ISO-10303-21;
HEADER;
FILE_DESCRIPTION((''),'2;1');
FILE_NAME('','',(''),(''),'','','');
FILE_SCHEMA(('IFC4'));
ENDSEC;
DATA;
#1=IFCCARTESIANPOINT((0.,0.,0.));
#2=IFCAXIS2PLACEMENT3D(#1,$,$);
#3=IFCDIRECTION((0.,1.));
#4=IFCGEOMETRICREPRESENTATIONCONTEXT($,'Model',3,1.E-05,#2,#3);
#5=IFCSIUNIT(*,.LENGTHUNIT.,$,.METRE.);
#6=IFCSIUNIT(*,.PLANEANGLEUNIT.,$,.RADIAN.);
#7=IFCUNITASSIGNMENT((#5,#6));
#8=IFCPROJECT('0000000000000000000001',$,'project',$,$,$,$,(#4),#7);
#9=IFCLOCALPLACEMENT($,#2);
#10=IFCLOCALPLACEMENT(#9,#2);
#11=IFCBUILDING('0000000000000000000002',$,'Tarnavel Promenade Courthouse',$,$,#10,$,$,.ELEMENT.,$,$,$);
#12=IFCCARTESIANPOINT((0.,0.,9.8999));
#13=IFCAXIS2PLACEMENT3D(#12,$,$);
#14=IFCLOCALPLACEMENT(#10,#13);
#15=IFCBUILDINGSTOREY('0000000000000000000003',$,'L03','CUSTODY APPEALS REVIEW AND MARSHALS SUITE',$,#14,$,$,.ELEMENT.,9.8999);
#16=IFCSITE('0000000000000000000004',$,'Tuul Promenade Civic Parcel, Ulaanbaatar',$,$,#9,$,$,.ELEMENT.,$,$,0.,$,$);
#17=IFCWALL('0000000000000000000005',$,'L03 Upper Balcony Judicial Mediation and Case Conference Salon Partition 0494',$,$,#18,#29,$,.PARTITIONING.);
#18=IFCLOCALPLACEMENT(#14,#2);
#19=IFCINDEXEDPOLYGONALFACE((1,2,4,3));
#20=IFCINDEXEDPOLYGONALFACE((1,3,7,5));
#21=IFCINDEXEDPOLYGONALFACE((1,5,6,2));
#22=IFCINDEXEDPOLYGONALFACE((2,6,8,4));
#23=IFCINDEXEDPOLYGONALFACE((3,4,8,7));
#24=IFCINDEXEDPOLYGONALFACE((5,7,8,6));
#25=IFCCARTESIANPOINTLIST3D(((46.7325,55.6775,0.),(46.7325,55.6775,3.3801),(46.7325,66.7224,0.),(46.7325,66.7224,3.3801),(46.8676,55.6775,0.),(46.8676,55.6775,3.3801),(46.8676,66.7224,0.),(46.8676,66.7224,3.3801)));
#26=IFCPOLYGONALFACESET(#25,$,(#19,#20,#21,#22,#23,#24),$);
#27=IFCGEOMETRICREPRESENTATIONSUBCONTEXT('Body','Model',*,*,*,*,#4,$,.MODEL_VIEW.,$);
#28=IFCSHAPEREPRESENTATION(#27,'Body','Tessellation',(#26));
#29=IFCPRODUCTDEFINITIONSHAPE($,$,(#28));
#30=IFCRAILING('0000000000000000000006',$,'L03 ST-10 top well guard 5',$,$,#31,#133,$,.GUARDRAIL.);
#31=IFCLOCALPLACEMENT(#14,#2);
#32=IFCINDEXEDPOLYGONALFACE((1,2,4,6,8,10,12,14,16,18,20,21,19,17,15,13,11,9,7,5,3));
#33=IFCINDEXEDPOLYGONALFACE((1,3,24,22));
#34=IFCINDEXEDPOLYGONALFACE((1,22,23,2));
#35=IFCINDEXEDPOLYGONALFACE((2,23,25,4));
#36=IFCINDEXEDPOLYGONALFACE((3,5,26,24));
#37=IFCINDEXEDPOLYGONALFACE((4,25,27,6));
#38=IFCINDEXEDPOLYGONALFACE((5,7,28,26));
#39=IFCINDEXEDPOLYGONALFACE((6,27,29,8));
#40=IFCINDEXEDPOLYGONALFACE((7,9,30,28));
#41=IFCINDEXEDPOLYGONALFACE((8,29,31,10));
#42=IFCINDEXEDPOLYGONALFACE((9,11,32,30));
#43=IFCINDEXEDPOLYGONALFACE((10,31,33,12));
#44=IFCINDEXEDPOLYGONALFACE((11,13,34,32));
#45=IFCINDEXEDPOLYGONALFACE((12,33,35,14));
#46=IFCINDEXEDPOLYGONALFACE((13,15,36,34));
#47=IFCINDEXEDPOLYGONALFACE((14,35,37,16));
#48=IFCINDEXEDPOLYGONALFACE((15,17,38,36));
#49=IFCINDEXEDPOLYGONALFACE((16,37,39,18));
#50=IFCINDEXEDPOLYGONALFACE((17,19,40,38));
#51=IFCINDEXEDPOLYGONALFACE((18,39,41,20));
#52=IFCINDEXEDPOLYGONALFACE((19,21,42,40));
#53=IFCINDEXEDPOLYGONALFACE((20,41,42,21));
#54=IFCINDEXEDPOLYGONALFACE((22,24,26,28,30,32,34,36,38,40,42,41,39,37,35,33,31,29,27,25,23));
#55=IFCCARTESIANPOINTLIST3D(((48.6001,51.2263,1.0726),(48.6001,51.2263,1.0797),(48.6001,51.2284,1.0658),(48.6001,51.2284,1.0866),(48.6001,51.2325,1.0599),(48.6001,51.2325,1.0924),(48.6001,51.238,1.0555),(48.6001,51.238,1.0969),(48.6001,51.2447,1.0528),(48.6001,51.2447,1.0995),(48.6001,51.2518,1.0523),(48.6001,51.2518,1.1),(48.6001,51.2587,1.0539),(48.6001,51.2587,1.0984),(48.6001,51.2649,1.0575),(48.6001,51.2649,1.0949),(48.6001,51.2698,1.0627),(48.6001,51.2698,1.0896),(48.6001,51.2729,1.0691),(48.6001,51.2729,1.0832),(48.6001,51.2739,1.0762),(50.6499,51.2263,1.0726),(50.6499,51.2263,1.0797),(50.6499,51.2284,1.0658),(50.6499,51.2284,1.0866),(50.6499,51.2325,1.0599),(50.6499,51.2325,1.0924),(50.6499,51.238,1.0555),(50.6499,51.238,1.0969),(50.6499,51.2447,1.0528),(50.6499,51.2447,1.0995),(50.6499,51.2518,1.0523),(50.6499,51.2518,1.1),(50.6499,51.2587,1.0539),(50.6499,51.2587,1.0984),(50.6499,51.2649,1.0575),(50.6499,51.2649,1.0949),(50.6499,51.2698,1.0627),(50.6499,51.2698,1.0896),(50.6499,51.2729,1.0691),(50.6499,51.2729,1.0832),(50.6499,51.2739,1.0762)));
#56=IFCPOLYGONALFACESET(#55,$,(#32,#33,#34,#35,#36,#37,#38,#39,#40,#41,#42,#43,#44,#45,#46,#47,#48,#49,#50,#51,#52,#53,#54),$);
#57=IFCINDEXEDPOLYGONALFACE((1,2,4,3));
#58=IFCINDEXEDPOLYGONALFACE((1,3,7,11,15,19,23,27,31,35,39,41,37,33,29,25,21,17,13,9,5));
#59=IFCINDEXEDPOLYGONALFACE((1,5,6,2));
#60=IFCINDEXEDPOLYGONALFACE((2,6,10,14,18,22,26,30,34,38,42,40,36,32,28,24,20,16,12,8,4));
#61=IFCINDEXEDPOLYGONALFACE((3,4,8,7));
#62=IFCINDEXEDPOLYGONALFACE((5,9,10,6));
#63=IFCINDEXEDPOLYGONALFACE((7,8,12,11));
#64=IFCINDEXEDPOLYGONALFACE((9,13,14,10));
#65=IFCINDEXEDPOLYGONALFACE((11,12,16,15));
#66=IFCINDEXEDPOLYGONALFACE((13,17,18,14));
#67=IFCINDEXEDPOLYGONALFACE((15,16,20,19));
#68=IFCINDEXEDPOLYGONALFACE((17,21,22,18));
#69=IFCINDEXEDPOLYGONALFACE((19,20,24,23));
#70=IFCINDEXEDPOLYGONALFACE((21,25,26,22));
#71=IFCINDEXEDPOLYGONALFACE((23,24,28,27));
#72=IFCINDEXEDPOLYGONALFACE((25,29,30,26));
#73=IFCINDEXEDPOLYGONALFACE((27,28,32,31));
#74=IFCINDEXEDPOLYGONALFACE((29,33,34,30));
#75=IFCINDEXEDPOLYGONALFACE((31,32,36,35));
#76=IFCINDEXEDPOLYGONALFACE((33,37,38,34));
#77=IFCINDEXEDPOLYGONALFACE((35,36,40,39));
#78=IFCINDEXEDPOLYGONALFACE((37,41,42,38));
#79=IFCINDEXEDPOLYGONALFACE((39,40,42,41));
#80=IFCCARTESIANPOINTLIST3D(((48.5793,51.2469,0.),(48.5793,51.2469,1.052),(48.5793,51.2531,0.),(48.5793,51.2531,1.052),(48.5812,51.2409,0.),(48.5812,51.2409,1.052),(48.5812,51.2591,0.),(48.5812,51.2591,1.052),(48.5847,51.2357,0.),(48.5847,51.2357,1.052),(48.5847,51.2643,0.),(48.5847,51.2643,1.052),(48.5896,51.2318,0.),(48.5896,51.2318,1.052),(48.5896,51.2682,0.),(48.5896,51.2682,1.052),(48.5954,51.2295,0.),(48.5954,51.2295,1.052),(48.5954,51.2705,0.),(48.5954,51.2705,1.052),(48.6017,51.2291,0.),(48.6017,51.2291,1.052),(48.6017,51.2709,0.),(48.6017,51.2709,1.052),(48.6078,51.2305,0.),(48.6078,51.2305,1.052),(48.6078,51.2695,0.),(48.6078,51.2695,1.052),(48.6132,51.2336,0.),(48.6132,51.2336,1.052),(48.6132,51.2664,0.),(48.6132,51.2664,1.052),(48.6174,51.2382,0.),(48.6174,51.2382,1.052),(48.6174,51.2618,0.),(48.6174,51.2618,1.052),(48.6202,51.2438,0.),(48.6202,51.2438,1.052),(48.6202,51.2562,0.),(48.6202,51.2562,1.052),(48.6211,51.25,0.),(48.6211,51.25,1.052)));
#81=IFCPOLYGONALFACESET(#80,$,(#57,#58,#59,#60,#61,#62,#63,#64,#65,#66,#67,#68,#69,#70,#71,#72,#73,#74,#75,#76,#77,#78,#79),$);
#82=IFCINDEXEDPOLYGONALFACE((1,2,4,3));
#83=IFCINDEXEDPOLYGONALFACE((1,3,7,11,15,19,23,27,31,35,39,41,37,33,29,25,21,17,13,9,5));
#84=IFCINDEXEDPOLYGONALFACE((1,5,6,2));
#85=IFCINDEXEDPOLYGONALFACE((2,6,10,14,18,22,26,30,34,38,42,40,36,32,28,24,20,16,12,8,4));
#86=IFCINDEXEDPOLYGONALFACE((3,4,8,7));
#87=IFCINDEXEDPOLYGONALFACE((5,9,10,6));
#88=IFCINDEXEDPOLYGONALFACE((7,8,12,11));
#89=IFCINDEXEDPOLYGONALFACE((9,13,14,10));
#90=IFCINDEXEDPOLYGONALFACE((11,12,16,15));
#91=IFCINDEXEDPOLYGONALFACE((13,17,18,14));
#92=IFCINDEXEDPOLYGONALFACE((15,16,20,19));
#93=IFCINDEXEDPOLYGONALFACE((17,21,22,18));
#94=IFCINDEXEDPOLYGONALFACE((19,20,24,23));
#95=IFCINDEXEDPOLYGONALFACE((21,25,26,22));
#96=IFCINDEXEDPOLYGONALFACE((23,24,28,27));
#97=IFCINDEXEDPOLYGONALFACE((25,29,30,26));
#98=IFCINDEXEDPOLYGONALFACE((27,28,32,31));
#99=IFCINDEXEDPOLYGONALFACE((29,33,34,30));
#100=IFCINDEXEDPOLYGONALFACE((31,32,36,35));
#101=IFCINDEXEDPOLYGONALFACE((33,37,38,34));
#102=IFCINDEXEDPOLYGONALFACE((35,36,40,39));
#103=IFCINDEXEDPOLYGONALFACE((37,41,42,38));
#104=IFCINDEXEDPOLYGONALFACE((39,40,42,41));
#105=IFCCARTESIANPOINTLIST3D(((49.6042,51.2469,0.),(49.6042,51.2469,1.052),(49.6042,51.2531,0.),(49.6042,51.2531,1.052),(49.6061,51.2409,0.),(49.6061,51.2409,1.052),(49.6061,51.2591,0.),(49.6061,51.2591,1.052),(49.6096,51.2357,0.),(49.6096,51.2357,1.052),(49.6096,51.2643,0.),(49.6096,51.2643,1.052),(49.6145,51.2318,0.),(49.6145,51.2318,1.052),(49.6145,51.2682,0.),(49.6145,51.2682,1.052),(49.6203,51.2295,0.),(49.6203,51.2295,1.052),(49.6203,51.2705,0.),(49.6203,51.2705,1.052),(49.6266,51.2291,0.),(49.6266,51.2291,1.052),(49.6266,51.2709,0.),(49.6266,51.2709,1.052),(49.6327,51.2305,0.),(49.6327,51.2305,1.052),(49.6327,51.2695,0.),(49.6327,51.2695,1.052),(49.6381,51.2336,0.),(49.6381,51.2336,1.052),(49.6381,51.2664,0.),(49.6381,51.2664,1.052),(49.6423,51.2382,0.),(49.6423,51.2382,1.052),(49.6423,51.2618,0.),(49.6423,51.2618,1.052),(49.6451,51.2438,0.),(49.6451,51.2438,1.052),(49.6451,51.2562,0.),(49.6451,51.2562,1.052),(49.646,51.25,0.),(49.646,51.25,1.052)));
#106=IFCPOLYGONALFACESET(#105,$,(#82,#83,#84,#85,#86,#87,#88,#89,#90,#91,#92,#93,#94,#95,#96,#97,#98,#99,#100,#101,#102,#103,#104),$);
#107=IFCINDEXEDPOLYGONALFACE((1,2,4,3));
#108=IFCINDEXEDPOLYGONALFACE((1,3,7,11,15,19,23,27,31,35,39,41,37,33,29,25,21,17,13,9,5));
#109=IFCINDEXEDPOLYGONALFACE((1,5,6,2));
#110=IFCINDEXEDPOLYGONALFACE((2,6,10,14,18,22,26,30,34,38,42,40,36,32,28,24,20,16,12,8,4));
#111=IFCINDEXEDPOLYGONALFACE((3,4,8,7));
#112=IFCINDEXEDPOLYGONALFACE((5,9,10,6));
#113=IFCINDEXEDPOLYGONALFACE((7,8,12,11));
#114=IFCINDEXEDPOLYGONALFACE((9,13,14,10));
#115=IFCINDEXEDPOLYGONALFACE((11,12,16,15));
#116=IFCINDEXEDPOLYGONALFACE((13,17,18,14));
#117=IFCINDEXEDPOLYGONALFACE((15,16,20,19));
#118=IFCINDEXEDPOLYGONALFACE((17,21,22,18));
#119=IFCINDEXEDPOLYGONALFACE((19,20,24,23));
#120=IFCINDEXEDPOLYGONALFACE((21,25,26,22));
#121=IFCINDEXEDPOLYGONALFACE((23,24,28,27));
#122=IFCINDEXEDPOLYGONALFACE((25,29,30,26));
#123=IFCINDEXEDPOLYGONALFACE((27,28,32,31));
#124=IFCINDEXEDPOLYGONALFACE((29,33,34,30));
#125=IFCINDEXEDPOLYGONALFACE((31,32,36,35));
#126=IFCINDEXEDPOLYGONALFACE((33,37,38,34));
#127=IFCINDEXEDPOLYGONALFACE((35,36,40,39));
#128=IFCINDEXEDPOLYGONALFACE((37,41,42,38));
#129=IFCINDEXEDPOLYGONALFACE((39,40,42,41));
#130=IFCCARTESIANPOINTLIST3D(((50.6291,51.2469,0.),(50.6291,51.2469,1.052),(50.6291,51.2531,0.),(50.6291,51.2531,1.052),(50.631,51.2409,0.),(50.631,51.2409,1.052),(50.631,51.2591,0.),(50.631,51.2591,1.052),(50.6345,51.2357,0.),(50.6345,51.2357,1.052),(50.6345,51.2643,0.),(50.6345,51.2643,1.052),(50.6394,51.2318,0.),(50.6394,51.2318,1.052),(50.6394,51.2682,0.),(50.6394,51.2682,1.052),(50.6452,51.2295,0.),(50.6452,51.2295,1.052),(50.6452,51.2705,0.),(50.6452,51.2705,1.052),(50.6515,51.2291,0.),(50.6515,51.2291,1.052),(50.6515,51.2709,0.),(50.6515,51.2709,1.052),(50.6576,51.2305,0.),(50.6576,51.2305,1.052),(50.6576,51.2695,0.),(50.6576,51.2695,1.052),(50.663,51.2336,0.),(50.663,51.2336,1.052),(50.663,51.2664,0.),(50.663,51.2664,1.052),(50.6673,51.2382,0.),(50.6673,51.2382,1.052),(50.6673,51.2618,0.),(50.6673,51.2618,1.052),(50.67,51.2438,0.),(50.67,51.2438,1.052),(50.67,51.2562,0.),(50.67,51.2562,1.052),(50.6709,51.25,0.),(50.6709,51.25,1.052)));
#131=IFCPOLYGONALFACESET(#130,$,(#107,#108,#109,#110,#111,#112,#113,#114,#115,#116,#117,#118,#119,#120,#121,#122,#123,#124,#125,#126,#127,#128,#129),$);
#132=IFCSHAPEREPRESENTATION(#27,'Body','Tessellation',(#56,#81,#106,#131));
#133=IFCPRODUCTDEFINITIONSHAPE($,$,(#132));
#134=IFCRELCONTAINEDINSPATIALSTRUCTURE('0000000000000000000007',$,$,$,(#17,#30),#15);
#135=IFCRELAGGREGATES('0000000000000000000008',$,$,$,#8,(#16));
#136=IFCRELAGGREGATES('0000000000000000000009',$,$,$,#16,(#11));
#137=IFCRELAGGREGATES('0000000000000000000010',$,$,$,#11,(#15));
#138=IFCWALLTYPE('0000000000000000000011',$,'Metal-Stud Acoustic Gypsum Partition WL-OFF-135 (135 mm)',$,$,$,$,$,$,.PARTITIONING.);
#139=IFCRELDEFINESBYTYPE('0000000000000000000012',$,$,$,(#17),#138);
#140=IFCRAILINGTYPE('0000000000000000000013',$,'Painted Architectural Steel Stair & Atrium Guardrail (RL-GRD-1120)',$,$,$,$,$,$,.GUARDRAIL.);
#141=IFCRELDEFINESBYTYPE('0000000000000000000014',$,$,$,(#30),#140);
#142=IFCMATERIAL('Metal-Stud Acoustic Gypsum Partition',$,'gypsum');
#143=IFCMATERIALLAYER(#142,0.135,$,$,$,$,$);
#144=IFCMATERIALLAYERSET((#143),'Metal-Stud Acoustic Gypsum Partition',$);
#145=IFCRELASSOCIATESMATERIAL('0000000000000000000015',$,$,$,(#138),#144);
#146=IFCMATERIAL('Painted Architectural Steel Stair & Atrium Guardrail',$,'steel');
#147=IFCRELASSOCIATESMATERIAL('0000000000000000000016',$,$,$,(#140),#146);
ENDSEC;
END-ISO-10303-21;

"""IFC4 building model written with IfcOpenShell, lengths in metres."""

from ifc_helpers import new_model, si_unit, direction, frame, frame_2d, origin, origin_2d, place, context, subcontext, project, spatial, rectangle, circle, extrude, material, layer, layer_set, type_object, element, save


model = new_model("IFC4")

# Units and contexts
model_context = context("Model", 3, precision=1e-05, world=origin(), true_north=direction((0.0, 1.0)))
body_context = subcontext(model_context, "Body", "Model", "MODEL_VIEW")
ifc_project = project(units=[si_unit("LENGTHUNIT", "METRE"), si_unit("PLANEANGLEUNIT", "RADIAN")], contexts=[model_context])

# Site, building, storey
site_placement = place(None, origin())
site = spatial("IfcSite", under=ifc_project, at=site_placement, Name="Tuul Promenade Civic Parcel, Ulaanbaatar", CompositionType="ELEMENT", RefElevation=0.0)
building_placement = place(site_placement, origin())
building = spatial("IfcBuilding", under=site, at=building_placement, Name="Tarnavel Promenade Courthouse", CompositionType="ELEMENT")
storey_placement = place(building_placement, frame((0.0, 0.0, 9.8999)))
storey = spatial("IfcBuildingStorey", under=building, at=storey_placement, Name="L03", Description="CUSTODY APPEALS REVIEW AND MARSHALS SUITE", CompositionType="ELEMENT", Elevation=9.8999)

# Shared definitions
ifc_material_1 = material(Name="Metal-Stud Acoustic Gypsum Partition", Category="gypsum")
ifc_layer_1 = layer(ifc_material_1, 0.135)
ifc_layer_set_1 = layer_set([ifc_layer_1], Name="Metal-Stud Acoustic Gypsum Partition")
wall_type = type_object("IfcWallType", Name="Metal-Stud Acoustic Gypsum Partition WL-OFF-135 (135 mm)", PredefinedType="PARTITIONING", material=ifc_layer_set_1)

# Wall
wall_1_placement = place(storey_placement, frame((46.8, 55.6775, 0.0), z_axis=(0.0, 0.0, 1.0), x_axis=(0.0, 1.0, 0.0)))
element("IfcWall", 1, at=wall_1_placement, inside=storey, type_object=wall_type, Name="L03 Upper Balcony Judicial Mediation and Case Conference Salon Partition 0494", PredefinedType="PARTITIONING", context=body_context, shape_type="SweptSolid", body=[
    extrude(rectangle(XDim=11.0449, YDim=0.135, at=frame_2d((5.5225, 0.0))), origin(), (0.0, 0.0, 1.0), 3.3801),
])

# Railing
ifc_material_2 = material(Name="Painted Architectural Steel Stair & Atrium Guardrail", Category="steel")
railing_type = type_object("IfcRailingType", Name="Painted Architectural Steel Stair & Atrium Guardrail (RL-GRD-1120)", PredefinedType="GUARDRAIL", material=ifc_material_2)
for number, where, name in (
    (2, (48.6001, 51.25, 0.0), "L03 ST-10 top well guard 5"),
):
    element("IfcRailing", number, at=place(storey_placement, frame(where)), inside=storey, type_object=railing_type, Name=name, PredefinedType="GUARDRAIL", context=body_context, shape_type="SweptSolid", body=[
        extrude(circle(Radius=0.0239, at=origin_2d()), frame((0.0, 0.0, 1.0762), z_axis=(1.0, 0.0, 0.0), x_axis=(0.0, 1.0, 0.0)), (0.0, 0.0, 1.0), 2.0498),
        extrude(circle(Radius=0.021, at=origin_2d()), origin(), (0.0, 0.0, 1.0), 1.052),
        extrude(circle(Radius=0.021, at=origin_2d()), frame((1.0249, 0.0, 0.0)), (0.0, 0.0, 1.0), 1.052),
        extrude(circle(Radius=0.021, at=origin_2d()), frame((2.0498, 0.0, 0.0)), (0.0, 0.0, 1.0), 1.052),
    ])

save(model, "model.ifc")
